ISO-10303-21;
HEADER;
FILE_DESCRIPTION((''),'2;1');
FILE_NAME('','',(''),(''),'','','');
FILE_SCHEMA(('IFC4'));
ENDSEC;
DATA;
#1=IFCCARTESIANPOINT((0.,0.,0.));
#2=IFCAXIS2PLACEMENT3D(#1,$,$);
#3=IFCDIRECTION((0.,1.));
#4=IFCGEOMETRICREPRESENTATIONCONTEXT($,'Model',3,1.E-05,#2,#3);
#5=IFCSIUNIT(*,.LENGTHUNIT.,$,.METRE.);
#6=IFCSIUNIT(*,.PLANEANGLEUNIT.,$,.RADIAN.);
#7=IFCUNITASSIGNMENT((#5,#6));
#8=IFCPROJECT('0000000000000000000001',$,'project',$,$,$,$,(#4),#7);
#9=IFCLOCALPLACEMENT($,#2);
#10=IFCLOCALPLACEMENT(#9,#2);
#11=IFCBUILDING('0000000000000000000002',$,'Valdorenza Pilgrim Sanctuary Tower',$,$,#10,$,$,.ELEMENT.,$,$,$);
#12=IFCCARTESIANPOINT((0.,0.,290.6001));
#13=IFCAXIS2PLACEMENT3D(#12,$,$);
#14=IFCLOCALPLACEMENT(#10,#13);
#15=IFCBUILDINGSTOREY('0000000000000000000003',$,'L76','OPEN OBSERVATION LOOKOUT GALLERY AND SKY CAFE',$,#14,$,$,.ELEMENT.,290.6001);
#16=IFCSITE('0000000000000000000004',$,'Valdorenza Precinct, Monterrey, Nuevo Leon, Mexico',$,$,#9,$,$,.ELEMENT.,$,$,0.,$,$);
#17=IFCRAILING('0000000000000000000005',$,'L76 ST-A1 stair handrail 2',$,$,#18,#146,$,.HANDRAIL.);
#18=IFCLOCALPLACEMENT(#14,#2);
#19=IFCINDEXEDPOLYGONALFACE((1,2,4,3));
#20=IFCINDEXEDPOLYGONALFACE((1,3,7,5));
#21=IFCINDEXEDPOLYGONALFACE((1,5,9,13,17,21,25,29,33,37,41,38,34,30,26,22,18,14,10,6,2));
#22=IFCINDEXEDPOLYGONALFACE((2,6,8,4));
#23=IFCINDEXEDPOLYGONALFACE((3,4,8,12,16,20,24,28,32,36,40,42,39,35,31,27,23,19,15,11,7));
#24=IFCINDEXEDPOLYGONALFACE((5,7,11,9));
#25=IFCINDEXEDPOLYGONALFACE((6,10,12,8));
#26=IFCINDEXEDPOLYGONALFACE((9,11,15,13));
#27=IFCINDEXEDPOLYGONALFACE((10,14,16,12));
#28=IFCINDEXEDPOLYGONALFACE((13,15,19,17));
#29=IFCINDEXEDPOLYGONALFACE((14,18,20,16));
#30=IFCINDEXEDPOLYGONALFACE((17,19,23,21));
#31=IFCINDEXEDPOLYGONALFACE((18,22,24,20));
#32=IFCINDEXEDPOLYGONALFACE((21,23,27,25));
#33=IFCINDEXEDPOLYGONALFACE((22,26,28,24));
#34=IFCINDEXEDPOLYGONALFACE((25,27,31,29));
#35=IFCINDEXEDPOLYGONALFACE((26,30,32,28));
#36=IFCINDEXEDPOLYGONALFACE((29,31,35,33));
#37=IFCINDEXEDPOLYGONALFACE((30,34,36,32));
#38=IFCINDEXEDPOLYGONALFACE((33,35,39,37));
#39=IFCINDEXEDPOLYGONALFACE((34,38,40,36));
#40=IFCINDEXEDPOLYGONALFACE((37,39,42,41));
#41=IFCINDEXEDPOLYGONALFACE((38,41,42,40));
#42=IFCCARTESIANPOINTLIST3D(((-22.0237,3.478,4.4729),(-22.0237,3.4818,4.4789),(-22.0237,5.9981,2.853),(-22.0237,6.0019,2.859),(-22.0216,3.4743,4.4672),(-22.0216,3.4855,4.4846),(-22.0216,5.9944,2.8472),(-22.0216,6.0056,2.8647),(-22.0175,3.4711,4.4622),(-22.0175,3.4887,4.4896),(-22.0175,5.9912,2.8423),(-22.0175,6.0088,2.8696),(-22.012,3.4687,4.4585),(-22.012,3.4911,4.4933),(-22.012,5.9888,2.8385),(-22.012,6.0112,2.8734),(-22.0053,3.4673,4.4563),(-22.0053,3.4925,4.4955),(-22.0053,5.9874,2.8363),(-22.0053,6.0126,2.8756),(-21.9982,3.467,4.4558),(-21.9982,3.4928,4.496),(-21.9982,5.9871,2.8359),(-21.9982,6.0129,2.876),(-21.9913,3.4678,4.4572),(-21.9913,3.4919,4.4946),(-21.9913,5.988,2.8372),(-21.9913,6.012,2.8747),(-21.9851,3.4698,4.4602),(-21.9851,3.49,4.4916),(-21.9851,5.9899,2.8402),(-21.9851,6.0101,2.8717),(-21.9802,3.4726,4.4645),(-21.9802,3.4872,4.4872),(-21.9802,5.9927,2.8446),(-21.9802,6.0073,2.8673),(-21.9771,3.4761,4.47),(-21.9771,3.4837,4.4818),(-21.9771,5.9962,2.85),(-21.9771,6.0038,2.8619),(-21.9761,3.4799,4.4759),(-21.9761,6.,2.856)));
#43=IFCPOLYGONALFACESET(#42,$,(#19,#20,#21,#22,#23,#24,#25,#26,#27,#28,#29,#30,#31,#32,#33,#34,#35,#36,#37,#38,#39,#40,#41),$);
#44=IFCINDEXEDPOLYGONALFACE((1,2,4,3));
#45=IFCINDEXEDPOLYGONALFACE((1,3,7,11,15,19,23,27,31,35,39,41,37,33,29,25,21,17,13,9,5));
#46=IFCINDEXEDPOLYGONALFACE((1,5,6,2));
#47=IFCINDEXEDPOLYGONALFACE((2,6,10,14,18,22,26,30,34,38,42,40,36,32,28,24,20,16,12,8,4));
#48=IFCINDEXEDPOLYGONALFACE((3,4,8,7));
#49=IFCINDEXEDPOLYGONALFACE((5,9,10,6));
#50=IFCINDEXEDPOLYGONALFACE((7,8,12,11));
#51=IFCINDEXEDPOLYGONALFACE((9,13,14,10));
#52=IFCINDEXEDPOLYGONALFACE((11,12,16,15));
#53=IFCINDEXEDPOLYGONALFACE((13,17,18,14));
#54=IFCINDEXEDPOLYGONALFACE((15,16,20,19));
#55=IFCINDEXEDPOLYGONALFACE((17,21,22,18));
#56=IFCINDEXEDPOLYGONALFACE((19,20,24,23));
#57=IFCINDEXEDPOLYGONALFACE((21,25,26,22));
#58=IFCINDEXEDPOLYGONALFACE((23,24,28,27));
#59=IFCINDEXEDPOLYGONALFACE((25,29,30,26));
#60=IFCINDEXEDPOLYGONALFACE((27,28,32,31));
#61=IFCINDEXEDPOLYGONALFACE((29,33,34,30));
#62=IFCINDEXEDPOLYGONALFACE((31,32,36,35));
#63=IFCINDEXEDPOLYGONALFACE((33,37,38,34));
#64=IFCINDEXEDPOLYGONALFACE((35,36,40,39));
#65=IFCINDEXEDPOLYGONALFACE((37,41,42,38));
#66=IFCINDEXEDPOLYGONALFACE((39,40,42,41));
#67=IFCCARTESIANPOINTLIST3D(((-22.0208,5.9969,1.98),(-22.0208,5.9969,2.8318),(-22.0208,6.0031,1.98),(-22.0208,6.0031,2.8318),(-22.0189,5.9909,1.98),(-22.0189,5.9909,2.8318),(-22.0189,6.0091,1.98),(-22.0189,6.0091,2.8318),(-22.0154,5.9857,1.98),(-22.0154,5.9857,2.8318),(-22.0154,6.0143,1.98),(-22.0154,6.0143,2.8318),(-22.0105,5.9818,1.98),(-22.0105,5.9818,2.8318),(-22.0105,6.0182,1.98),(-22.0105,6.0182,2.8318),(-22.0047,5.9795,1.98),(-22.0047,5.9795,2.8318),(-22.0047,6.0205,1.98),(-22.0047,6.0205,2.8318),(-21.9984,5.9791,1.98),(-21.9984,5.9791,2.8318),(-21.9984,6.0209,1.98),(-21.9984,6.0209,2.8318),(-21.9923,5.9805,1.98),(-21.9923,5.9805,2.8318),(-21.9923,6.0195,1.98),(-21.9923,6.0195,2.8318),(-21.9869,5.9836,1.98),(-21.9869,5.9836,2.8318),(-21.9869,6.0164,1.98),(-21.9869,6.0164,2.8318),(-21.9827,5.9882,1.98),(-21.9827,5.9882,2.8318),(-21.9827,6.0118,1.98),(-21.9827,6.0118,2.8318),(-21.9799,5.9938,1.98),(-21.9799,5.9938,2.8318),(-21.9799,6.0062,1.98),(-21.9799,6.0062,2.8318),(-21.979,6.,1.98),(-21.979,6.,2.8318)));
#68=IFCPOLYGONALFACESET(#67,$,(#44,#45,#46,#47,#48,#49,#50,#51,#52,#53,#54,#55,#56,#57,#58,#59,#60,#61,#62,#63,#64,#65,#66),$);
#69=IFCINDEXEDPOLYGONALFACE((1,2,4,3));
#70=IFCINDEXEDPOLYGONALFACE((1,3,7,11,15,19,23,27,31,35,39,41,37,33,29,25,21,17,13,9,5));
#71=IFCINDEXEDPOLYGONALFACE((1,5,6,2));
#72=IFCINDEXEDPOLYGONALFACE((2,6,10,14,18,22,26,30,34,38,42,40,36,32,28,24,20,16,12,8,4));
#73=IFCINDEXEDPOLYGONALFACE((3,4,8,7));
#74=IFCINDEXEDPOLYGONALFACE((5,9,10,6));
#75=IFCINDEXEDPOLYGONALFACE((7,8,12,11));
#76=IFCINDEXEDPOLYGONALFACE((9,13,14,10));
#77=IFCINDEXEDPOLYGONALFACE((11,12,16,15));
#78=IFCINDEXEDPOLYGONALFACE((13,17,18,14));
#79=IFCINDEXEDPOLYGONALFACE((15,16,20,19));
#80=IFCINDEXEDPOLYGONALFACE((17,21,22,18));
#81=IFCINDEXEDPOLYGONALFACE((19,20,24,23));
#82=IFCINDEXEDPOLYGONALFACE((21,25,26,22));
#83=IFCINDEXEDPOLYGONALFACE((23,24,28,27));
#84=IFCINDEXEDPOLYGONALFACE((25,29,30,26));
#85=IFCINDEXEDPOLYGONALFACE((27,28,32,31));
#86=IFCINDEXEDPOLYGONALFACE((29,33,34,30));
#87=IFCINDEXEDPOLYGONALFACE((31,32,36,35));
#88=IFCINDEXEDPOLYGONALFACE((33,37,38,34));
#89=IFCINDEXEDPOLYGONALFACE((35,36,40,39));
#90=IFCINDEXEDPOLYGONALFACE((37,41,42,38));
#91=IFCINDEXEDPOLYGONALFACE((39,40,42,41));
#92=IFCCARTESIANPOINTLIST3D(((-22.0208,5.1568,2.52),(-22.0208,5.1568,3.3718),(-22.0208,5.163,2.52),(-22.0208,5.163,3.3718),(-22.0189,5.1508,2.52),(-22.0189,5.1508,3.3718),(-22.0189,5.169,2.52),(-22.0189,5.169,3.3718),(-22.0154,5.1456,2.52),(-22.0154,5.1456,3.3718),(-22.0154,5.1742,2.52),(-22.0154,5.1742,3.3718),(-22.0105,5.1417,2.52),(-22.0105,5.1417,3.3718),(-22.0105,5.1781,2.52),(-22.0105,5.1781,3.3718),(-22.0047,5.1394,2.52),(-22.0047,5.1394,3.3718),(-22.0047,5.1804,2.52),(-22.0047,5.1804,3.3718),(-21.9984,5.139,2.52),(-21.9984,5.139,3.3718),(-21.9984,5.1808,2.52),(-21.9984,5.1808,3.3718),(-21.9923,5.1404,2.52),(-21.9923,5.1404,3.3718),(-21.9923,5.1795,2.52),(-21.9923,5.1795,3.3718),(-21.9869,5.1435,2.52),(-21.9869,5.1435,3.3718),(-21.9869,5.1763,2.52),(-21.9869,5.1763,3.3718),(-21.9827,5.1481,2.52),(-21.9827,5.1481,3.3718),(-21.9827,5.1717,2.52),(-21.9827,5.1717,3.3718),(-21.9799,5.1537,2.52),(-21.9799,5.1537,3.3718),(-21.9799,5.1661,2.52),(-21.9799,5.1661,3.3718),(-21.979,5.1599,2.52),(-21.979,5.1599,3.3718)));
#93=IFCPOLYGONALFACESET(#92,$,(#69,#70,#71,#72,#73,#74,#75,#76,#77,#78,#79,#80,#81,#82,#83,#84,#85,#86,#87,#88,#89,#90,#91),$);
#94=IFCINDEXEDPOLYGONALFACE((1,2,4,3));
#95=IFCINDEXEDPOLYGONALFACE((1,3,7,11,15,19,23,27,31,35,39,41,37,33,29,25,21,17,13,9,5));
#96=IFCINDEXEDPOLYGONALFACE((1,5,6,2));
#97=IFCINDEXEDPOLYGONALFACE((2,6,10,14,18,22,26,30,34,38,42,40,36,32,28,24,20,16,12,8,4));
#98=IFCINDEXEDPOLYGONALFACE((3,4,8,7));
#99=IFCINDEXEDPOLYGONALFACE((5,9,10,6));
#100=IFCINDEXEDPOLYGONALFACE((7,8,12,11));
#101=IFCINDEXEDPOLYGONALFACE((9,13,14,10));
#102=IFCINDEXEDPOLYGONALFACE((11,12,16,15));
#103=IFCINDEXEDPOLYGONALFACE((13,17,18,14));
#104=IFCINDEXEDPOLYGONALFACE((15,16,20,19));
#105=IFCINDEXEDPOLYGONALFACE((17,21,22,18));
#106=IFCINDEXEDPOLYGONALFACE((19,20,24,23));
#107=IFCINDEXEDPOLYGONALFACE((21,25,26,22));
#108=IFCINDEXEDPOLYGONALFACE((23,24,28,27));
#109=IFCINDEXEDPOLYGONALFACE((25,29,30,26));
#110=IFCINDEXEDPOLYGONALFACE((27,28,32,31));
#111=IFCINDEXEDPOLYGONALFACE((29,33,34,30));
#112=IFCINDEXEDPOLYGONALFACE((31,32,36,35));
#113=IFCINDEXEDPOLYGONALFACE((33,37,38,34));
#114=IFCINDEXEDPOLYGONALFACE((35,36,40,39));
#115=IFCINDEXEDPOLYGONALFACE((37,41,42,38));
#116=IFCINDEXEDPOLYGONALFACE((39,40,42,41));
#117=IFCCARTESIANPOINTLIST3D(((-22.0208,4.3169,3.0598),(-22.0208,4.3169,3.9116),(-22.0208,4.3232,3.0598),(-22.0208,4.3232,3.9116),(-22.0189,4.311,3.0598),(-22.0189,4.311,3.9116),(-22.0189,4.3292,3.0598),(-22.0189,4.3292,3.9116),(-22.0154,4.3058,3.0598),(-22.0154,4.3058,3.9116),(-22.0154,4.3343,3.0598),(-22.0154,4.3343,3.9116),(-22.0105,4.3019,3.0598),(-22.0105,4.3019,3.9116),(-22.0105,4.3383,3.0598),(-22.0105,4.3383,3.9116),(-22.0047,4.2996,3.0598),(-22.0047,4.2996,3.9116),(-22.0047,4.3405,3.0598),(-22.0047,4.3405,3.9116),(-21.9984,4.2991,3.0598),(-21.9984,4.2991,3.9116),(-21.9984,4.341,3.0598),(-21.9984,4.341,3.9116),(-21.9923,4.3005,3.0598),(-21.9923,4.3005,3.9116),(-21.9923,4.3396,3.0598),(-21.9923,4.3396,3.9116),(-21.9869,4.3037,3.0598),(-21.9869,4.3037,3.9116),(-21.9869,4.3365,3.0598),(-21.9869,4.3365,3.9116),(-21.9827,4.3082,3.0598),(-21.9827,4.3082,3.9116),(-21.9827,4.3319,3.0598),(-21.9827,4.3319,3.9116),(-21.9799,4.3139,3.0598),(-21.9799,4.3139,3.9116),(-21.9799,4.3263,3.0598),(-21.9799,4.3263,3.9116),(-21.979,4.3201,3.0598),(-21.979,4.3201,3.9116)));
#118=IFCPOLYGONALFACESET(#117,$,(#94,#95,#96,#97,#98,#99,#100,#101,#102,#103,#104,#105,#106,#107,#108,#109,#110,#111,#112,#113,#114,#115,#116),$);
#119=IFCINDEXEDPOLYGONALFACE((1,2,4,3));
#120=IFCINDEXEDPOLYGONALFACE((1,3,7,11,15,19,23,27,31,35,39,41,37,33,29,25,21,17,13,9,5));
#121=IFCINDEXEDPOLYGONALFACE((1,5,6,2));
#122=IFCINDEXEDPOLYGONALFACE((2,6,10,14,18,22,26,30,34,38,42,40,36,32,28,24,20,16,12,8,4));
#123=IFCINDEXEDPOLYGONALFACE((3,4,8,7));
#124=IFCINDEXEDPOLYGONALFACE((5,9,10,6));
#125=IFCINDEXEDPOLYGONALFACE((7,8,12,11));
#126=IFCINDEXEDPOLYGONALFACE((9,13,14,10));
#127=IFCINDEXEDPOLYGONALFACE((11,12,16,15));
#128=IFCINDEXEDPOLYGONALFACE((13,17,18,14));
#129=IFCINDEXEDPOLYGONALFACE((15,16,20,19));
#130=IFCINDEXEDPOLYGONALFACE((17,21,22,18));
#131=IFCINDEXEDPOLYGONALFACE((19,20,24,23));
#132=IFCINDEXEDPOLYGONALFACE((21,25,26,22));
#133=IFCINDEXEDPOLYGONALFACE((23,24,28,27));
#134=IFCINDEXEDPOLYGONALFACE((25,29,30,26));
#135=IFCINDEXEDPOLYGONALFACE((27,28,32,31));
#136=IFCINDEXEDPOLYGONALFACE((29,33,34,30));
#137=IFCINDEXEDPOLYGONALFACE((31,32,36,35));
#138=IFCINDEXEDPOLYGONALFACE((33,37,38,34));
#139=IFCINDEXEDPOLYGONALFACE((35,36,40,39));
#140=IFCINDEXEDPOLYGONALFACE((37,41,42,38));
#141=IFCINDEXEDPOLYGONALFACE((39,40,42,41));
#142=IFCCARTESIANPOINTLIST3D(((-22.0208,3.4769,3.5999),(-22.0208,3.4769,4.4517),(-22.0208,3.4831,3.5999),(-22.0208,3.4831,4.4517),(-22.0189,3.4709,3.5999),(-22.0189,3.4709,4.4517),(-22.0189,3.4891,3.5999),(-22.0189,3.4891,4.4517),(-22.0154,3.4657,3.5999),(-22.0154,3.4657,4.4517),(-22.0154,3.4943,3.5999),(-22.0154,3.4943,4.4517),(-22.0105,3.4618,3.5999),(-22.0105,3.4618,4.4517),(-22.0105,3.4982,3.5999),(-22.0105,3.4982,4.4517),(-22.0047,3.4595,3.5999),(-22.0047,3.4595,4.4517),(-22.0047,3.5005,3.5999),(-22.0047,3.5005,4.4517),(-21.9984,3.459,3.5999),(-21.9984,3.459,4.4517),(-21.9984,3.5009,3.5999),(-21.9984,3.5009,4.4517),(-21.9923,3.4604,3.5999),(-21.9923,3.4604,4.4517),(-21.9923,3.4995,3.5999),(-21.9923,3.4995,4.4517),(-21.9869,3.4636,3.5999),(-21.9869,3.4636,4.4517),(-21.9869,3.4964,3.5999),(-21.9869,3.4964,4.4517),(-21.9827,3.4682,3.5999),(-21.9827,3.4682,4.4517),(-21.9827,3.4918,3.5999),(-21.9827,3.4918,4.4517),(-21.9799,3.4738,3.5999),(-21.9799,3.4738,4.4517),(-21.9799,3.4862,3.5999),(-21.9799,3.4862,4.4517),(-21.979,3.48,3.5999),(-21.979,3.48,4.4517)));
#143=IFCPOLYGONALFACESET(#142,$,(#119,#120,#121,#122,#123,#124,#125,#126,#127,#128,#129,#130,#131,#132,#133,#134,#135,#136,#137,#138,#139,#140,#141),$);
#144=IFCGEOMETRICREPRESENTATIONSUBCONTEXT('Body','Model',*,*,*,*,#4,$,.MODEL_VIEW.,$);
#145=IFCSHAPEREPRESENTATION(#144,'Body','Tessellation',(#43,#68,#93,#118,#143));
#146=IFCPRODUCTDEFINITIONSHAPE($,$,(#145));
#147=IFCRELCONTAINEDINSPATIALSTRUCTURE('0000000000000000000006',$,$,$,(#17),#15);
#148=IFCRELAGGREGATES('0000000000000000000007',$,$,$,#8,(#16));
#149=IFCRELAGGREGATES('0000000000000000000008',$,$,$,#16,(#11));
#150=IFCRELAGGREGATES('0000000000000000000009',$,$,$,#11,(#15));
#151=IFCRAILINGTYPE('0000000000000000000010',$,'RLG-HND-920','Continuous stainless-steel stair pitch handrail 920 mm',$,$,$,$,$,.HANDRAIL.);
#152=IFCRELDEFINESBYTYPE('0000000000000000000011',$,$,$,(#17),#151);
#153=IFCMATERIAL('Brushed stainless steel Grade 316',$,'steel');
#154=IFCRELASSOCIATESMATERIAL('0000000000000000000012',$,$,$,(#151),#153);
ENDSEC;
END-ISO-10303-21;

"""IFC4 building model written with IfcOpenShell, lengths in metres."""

from ifc_helpers import new_model, si_unit, direction, frame, origin, origin_2d, place, context, subcontext, project, spatial, circle, extrude, material, type_object, element, save


model = new_model("IFC4")

# Units and contexts
model_context = context("Model", 3, precision=1e-05, world=origin(), true_north=direction((0.0, 1.0)))
body_context = subcontext(model_context, "Body", "Model", "MODEL_VIEW")
ifc_project = project(units=[si_unit("LENGTHUNIT", "METRE"), si_unit("PLANEANGLEUNIT", "RADIAN")], contexts=[model_context])

# Site, building, storey
site_placement = place(None, origin())
site = spatial("IfcSite", under=ifc_project, at=site_placement, Name="Valdorenza Precinct, Monterrey, Nuevo Leon, Mexico", CompositionType="ELEMENT", RefElevation=0.0)
building_placement = place(site_placement, origin())
building = spatial("IfcBuilding", under=site, at=building_placement, Name="Valdorenza Pilgrim Sanctuary Tower", CompositionType="ELEMENT")
storey_placement = place(building_placement, frame((0.0, 0.0, 290.6001)))
storey = spatial("IfcBuildingStorey", under=building, at=storey_placement, Name="L76", Description="OPEN OBSERVATION LOOKOUT GALLERY AND SKY CAFE", CompositionType="ELEMENT", Elevation=290.6001)

# Railing
ifc_material_1 = material(Name="Brushed stainless steel Grade 316", Category="steel")
railing_type_1 = type_object("IfcRailingType", Name="RLG-HND-920", Description="Continuous stainless-steel stair pitch handrail 920 mm", PredefinedType="HANDRAIL", material=ifc_material_1)
railing_1_placement = place(storey_placement, frame((-22.0, 6.0, 1.98)))
element("IfcRailing", 1, at=railing_1_placement, inside=storey, type_object=railing_type_1, Name="L76 ST-A1 stair handrail 2", PredefinedType="HANDRAIL", context=body_context, shape_type="SweptSolid", body=[
    extrude(circle(Radius=0.0239, at=origin_2d()), frame((0.0, 0.0, 0.876), z_axis=(0.0, -0.8412, 0.540725), x_axis=(1.0, 0.0, 0.0)), (0.0, 0.0, 1.0), 2.9958),
    extrude(circle(Radius=0.021, at=origin_2d()), origin(), (0.0, 0.0, 1.0), 0.8518),
    extrude(circle(Radius=0.021, at=origin_2d()), frame((0.0, -0.8401, 0.54)), (0.0, 0.0, 1.0), 0.8518),
    extrude(circle(Radius=0.021, at=origin_2d()), frame((0.0, -1.6799, 1.0798)), (0.0, 0.0, 1.0), 0.8518),
    extrude(circle(Radius=0.021, at=origin_2d()), frame((0.0, -2.52, 1.6199)), (0.0, 0.0, 1.0), 0.8518),
])

save(model, "model.ifc")
